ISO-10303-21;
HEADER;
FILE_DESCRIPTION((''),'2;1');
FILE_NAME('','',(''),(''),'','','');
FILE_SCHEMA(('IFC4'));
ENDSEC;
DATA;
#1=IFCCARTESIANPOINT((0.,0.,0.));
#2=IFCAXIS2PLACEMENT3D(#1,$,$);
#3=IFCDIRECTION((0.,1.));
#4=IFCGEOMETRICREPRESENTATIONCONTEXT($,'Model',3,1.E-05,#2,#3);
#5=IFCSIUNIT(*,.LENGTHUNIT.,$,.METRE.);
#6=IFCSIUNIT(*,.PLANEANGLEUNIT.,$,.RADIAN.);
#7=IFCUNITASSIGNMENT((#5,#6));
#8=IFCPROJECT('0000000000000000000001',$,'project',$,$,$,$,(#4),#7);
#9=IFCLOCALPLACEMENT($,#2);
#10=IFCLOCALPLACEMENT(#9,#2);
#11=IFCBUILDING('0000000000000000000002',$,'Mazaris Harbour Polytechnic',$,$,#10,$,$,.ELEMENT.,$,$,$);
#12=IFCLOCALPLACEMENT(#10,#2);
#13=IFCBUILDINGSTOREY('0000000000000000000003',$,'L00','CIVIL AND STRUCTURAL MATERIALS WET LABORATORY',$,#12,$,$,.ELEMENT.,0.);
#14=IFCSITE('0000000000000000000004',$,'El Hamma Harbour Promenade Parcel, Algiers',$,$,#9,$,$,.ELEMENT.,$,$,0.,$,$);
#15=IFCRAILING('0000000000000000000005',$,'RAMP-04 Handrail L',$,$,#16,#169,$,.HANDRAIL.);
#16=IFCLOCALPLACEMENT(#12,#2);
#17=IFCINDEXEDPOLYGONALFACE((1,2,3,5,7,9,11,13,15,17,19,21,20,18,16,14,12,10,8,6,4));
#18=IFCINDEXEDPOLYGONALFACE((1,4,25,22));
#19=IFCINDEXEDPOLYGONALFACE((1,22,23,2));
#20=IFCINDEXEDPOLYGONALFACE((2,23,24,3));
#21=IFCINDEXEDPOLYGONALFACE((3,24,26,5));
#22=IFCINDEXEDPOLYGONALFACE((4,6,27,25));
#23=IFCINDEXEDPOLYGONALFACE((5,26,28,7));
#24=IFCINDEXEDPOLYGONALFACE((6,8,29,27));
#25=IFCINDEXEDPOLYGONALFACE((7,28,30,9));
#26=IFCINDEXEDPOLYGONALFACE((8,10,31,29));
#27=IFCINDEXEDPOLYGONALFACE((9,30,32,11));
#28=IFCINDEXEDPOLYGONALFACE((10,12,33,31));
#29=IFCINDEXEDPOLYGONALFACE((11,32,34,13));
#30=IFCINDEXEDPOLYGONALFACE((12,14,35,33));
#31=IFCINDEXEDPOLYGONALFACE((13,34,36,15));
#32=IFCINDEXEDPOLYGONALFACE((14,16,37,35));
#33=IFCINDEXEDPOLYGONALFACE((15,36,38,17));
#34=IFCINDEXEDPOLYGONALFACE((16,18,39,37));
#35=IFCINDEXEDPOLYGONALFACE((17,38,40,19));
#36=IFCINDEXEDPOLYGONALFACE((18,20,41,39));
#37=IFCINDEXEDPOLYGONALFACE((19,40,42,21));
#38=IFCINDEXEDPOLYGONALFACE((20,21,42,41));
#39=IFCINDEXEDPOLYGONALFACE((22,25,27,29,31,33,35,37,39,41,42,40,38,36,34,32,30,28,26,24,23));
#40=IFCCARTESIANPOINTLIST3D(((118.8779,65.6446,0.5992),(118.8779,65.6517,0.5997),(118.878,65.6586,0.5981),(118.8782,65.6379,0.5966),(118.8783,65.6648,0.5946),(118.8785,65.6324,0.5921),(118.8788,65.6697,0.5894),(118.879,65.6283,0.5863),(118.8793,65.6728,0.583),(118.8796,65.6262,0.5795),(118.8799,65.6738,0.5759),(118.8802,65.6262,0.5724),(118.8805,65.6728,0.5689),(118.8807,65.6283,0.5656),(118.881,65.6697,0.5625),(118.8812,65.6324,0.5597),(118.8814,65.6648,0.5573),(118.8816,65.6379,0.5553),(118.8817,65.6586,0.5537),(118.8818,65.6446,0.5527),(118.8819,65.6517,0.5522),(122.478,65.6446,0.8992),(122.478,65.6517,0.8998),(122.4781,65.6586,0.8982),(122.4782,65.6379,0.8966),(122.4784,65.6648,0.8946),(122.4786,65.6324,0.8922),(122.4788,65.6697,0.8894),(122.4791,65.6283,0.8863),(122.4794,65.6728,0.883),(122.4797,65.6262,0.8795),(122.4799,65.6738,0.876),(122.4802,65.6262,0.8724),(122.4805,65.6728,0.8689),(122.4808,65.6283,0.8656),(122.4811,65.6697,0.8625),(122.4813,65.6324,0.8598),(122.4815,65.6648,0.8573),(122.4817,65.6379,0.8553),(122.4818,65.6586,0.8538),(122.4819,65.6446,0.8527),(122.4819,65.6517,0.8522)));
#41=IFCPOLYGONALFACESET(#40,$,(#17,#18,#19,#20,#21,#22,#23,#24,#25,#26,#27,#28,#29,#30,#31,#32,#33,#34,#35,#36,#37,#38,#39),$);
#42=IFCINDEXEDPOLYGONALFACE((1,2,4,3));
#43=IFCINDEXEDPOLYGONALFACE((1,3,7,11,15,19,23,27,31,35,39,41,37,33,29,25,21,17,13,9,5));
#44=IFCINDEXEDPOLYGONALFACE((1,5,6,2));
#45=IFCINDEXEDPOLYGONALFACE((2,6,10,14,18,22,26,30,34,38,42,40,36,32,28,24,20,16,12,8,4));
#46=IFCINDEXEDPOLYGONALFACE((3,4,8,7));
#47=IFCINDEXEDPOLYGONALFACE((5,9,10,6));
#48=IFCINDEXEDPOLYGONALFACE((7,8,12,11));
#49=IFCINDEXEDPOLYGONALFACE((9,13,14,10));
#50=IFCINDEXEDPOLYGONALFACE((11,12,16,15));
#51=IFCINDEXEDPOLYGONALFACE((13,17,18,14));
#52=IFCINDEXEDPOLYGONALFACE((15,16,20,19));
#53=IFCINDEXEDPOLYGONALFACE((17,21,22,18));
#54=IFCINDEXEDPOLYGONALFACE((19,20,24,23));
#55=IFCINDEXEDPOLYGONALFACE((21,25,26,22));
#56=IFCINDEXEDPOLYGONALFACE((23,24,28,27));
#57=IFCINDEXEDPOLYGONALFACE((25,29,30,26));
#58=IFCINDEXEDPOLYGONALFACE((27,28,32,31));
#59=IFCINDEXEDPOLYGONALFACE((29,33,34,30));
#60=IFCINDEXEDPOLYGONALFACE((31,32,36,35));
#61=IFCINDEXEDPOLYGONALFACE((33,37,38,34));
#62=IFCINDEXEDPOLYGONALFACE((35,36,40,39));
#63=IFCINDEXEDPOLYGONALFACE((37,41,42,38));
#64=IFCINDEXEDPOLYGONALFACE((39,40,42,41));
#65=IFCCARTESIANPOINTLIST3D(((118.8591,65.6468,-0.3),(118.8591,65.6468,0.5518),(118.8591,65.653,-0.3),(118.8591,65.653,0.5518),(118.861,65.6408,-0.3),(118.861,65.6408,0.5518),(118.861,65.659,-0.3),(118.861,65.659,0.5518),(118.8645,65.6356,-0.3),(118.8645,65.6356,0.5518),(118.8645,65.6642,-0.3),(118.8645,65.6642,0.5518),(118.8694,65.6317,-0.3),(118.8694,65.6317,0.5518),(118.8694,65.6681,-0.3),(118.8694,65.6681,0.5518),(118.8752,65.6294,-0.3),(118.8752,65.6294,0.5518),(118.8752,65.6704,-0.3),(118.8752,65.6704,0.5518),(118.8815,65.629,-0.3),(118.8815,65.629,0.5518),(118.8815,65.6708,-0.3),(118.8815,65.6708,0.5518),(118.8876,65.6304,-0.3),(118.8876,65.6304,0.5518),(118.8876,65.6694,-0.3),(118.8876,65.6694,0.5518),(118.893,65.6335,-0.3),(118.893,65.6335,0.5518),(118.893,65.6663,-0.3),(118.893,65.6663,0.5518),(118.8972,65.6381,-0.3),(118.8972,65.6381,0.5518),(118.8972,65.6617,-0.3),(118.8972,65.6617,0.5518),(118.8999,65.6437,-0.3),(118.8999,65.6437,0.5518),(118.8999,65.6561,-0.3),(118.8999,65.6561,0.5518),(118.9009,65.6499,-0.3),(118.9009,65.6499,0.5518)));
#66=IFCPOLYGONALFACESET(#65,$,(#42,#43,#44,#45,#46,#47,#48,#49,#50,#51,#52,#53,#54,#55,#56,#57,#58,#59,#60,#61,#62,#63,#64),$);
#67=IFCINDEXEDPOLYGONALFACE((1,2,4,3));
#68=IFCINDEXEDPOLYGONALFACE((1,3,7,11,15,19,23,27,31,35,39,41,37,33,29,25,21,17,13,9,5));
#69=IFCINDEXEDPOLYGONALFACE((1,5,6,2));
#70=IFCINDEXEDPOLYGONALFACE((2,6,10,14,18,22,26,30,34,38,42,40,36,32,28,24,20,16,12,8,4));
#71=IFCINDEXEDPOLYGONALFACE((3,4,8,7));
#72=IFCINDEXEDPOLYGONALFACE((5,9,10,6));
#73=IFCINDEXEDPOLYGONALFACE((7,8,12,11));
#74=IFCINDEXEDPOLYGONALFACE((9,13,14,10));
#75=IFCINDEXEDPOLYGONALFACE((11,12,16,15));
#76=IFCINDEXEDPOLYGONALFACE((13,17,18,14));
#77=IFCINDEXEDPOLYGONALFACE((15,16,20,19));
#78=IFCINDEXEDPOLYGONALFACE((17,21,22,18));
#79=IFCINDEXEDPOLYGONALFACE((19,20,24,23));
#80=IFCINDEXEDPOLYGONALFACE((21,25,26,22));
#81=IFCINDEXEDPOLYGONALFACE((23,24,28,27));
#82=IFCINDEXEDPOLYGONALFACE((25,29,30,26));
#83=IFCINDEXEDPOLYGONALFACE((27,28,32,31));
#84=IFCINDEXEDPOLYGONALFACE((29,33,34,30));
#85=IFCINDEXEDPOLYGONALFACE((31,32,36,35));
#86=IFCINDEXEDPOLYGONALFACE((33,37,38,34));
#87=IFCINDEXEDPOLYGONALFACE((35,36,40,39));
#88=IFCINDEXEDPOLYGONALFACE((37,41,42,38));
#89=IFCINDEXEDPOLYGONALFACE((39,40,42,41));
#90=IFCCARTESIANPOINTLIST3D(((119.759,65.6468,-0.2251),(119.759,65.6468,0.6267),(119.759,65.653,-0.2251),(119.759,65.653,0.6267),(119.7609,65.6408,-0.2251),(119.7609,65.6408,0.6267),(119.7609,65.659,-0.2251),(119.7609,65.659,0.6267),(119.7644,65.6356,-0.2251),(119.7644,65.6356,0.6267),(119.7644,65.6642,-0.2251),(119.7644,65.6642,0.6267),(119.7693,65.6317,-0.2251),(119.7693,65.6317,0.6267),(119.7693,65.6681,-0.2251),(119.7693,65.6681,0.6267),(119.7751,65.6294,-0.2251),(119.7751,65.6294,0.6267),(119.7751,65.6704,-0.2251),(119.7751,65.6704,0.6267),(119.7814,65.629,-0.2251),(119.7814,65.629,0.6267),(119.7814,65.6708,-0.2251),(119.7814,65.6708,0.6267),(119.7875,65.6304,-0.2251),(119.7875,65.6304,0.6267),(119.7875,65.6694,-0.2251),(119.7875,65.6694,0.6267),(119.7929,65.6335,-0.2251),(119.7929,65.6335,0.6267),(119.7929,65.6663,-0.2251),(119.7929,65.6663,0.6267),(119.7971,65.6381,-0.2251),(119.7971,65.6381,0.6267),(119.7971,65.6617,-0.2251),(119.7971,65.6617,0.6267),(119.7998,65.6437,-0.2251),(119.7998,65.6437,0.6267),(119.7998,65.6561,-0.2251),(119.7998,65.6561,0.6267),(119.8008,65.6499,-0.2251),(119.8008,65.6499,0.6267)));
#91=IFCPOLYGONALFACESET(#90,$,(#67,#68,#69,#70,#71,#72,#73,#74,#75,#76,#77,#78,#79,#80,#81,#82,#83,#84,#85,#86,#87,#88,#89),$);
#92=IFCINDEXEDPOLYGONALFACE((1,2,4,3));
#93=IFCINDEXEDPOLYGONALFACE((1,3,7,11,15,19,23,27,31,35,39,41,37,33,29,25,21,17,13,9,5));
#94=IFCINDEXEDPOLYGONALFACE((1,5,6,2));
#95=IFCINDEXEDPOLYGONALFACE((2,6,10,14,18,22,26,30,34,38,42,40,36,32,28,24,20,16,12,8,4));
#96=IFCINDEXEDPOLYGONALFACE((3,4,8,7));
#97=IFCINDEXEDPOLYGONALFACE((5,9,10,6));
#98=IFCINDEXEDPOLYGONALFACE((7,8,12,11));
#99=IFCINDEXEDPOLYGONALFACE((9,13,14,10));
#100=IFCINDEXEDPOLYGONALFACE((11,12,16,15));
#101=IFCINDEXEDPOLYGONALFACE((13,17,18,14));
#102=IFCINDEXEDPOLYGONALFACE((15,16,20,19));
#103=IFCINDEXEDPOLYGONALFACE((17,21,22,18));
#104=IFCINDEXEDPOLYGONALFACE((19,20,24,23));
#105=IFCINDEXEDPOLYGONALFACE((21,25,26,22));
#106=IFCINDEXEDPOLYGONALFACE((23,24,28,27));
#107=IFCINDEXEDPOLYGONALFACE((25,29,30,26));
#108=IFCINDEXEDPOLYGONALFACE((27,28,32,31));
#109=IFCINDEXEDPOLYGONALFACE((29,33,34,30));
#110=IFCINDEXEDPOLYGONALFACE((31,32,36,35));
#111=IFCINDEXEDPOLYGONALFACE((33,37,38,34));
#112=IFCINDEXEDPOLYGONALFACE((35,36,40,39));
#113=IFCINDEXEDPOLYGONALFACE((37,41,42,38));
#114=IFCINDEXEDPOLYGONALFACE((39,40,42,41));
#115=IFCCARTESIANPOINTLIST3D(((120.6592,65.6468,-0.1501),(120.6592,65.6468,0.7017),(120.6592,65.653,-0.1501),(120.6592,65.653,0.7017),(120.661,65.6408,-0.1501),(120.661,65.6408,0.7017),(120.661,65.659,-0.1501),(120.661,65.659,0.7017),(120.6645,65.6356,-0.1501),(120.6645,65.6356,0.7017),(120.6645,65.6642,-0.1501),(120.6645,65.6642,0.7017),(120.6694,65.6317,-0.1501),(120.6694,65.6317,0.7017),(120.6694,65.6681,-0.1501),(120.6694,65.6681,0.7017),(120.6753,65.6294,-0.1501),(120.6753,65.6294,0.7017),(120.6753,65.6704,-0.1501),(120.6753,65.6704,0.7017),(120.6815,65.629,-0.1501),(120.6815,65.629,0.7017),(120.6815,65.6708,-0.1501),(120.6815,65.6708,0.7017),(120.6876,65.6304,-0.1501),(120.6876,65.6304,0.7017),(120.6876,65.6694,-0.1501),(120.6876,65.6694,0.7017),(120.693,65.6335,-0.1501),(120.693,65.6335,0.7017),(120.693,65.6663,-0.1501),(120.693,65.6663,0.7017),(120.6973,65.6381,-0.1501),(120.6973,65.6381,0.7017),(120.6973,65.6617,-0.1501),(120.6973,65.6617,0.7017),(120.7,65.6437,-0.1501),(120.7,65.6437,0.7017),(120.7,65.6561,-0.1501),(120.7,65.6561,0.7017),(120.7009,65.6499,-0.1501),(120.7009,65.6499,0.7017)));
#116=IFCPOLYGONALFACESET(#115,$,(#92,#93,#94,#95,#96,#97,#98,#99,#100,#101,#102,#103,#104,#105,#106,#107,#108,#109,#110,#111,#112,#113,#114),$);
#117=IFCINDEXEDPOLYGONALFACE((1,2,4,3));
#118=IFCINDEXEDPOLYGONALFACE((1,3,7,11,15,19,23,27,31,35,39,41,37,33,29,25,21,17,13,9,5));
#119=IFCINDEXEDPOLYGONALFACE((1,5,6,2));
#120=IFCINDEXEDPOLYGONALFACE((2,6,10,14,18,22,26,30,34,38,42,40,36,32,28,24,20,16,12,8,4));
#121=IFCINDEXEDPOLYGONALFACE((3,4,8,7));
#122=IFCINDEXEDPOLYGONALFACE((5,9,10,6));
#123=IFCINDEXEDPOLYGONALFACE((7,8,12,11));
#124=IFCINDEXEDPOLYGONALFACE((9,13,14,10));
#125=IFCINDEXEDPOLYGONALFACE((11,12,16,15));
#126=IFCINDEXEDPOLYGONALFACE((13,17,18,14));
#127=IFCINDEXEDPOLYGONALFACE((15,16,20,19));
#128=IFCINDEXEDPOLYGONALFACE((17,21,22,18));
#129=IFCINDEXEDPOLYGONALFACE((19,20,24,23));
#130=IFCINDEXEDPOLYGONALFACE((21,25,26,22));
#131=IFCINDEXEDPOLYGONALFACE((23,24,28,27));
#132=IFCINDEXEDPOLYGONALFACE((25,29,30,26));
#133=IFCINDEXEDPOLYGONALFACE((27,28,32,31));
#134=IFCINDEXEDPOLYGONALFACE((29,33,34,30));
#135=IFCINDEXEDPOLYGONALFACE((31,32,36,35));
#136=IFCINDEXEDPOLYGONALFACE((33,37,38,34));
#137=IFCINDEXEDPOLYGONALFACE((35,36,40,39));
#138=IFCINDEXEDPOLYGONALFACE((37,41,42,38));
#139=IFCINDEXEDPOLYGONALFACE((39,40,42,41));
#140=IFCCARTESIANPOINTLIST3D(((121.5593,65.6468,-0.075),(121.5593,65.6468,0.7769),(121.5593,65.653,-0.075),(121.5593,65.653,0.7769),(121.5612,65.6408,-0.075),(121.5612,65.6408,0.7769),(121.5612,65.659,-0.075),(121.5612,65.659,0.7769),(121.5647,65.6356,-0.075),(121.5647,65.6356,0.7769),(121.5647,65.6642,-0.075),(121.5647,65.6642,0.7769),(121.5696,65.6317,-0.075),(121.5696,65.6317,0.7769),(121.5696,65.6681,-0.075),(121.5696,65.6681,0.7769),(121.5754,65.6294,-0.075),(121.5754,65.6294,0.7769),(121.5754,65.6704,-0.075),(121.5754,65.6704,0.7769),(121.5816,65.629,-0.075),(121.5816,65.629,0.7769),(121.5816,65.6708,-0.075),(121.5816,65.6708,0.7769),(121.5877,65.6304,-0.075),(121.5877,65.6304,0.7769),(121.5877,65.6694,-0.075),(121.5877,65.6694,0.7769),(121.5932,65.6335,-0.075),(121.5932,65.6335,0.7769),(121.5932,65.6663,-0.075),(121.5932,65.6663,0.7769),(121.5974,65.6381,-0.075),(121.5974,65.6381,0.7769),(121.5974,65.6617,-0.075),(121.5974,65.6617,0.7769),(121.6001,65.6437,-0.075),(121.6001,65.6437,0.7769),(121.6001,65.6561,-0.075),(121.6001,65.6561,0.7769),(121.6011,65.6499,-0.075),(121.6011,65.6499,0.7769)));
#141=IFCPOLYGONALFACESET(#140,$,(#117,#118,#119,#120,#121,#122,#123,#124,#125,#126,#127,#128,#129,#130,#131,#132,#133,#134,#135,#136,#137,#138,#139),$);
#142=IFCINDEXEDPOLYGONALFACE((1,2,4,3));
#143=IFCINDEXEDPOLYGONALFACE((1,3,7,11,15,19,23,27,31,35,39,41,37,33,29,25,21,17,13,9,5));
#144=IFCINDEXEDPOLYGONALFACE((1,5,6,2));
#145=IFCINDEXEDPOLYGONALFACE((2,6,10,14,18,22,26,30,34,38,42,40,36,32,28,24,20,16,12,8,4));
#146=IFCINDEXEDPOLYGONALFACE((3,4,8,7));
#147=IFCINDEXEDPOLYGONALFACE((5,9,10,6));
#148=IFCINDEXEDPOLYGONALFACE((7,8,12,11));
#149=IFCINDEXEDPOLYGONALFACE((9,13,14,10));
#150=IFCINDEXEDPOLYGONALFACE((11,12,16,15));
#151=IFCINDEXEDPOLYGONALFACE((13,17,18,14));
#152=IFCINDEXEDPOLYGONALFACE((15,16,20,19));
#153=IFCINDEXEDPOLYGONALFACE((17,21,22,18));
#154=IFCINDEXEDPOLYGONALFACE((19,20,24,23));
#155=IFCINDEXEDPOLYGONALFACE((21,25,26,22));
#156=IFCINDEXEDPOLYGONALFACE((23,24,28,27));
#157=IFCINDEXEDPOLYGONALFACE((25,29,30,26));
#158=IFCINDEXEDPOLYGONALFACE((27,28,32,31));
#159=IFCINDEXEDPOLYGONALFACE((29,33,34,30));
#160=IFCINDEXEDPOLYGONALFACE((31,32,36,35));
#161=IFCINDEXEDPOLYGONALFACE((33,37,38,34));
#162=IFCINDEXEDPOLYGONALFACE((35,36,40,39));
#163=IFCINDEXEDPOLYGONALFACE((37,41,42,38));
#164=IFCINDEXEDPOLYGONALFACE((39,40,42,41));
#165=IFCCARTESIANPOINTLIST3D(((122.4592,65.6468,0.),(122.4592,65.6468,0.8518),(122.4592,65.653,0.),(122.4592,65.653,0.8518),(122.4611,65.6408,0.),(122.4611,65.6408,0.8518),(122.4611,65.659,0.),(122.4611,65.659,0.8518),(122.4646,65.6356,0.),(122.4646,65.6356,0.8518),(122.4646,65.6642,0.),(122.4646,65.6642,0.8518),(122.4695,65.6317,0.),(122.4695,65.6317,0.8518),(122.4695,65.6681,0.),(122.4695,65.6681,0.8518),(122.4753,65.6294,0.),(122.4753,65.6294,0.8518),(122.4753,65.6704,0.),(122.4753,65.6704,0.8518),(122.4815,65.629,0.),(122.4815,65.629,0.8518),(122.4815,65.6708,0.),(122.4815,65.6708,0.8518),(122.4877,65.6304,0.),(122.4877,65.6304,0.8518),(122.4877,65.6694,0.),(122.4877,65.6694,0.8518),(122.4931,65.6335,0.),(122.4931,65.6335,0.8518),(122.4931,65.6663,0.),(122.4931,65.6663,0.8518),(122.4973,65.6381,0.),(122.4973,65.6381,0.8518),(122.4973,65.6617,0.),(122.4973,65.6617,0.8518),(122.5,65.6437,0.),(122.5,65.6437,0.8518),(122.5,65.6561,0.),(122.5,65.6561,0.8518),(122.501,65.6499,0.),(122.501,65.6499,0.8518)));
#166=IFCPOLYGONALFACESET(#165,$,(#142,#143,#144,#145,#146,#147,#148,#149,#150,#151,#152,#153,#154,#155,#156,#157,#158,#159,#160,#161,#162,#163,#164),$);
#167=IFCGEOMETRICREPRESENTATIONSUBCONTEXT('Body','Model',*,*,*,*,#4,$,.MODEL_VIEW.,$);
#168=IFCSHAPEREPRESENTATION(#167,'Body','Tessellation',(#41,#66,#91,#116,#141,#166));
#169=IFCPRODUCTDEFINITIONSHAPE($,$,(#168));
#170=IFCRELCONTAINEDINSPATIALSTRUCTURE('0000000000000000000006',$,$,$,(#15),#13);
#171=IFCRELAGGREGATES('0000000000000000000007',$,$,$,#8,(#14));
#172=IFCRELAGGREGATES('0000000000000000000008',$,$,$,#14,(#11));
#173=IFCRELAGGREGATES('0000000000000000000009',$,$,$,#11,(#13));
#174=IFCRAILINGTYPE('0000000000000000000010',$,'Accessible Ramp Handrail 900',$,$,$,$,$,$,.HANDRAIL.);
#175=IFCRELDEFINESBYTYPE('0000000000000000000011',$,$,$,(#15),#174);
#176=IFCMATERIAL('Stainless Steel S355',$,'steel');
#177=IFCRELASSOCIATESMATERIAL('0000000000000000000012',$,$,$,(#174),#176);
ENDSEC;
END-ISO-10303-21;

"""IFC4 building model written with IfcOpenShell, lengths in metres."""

from ifc_helpers import new_model, si_unit, direction, frame, origin, origin_2d, place, context, subcontext, project, spatial, circle, extrude, material, type_object, element, save


model = new_model("IFC4")

# Units and contexts
model_context = context("Model", 3, precision=1e-05, world=origin(), true_north=direction((0.0, 1.0)))
body_context = subcontext(model_context, "Body", "Model", "MODEL_VIEW")
ifc_project = project(units=[si_unit("LENGTHUNIT", "METRE"), si_unit("PLANEANGLEUNIT", "RADIAN")], contexts=[model_context])

# Site, building, storey
site_placement = place(None, origin())
site = spatial("IfcSite", under=ifc_project, at=site_placement, Name="El Hamma Harbour Promenade Parcel, Algiers", CompositionType="ELEMENT", RefElevation=0.0)
building_placement = place(site_placement, origin())
building = spatial("IfcBuilding", under=site, at=building_placement, Name="Mazaris Harbour Polytechnic", CompositionType="ELEMENT")
storey_placement = place(building_placement, origin())
storey = spatial("IfcBuildingStorey", under=building, at=storey_placement, Name="L00", Description="CIVIL AND STRUCTURAL MATERIALS WET LABORATORY", CompositionType="ELEMENT", Elevation=0.0)

# Railing
ifc_material_1 = material(Name="Stainless Steel S355", Category="steel")
railing_type = type_object("IfcRailingType", Name="Accessible Ramp Handrail 900", PredefinedType="HANDRAIL", material=ifc_material_1)
for number, where, name in (
    (1, (118.8799, 65.6499, -0.3), "RAMP-04 Handrail L"),
):
    element("IfcRailing", number, at=place(storey_placement, frame(where)), inside=storey, type_object=railing_type, Name=name, PredefinedType="HANDRAIL", context=body_context, shape_type="SweptSolid", body=[
        extrude(circle(Radius=0.0239, at=origin_2d()), frame((0.0, 0.0, 0.876), z_axis=(0.996545, 0.0, 0.083057), x_axis=(0.0, 1.0, 0.0)), (0.0, 0.0, 1.0), 3.6125),
        extrude(circle(Radius=0.021, at=origin_2d()), origin(), (0.0, 0.0, 1.0), 0.8518),
        extrude(circle(Radius=0.021, at=origin_2d()), frame((0.8999, 0.0, 0.075)), (0.0, 0.0, 1.0), 0.8518),
        extrude(circle(Radius=0.021, at=origin_2d()), frame((1.8, 0.0, 0.1499)), (0.0, 0.0, 1.0), 0.8518),
        extrude(circle(Radius=0.021, at=origin_2d()), frame((2.7002, 0.0, 0.2251)), (0.0, 0.0, 1.0), 0.8518),
        extrude(circle(Radius=0.021, at=origin_2d()), frame((3.6001, 0.0, 0.3)), (0.0, 0.0, 1.0), 0.8518),
    ])

save(model, "model.ifc")
